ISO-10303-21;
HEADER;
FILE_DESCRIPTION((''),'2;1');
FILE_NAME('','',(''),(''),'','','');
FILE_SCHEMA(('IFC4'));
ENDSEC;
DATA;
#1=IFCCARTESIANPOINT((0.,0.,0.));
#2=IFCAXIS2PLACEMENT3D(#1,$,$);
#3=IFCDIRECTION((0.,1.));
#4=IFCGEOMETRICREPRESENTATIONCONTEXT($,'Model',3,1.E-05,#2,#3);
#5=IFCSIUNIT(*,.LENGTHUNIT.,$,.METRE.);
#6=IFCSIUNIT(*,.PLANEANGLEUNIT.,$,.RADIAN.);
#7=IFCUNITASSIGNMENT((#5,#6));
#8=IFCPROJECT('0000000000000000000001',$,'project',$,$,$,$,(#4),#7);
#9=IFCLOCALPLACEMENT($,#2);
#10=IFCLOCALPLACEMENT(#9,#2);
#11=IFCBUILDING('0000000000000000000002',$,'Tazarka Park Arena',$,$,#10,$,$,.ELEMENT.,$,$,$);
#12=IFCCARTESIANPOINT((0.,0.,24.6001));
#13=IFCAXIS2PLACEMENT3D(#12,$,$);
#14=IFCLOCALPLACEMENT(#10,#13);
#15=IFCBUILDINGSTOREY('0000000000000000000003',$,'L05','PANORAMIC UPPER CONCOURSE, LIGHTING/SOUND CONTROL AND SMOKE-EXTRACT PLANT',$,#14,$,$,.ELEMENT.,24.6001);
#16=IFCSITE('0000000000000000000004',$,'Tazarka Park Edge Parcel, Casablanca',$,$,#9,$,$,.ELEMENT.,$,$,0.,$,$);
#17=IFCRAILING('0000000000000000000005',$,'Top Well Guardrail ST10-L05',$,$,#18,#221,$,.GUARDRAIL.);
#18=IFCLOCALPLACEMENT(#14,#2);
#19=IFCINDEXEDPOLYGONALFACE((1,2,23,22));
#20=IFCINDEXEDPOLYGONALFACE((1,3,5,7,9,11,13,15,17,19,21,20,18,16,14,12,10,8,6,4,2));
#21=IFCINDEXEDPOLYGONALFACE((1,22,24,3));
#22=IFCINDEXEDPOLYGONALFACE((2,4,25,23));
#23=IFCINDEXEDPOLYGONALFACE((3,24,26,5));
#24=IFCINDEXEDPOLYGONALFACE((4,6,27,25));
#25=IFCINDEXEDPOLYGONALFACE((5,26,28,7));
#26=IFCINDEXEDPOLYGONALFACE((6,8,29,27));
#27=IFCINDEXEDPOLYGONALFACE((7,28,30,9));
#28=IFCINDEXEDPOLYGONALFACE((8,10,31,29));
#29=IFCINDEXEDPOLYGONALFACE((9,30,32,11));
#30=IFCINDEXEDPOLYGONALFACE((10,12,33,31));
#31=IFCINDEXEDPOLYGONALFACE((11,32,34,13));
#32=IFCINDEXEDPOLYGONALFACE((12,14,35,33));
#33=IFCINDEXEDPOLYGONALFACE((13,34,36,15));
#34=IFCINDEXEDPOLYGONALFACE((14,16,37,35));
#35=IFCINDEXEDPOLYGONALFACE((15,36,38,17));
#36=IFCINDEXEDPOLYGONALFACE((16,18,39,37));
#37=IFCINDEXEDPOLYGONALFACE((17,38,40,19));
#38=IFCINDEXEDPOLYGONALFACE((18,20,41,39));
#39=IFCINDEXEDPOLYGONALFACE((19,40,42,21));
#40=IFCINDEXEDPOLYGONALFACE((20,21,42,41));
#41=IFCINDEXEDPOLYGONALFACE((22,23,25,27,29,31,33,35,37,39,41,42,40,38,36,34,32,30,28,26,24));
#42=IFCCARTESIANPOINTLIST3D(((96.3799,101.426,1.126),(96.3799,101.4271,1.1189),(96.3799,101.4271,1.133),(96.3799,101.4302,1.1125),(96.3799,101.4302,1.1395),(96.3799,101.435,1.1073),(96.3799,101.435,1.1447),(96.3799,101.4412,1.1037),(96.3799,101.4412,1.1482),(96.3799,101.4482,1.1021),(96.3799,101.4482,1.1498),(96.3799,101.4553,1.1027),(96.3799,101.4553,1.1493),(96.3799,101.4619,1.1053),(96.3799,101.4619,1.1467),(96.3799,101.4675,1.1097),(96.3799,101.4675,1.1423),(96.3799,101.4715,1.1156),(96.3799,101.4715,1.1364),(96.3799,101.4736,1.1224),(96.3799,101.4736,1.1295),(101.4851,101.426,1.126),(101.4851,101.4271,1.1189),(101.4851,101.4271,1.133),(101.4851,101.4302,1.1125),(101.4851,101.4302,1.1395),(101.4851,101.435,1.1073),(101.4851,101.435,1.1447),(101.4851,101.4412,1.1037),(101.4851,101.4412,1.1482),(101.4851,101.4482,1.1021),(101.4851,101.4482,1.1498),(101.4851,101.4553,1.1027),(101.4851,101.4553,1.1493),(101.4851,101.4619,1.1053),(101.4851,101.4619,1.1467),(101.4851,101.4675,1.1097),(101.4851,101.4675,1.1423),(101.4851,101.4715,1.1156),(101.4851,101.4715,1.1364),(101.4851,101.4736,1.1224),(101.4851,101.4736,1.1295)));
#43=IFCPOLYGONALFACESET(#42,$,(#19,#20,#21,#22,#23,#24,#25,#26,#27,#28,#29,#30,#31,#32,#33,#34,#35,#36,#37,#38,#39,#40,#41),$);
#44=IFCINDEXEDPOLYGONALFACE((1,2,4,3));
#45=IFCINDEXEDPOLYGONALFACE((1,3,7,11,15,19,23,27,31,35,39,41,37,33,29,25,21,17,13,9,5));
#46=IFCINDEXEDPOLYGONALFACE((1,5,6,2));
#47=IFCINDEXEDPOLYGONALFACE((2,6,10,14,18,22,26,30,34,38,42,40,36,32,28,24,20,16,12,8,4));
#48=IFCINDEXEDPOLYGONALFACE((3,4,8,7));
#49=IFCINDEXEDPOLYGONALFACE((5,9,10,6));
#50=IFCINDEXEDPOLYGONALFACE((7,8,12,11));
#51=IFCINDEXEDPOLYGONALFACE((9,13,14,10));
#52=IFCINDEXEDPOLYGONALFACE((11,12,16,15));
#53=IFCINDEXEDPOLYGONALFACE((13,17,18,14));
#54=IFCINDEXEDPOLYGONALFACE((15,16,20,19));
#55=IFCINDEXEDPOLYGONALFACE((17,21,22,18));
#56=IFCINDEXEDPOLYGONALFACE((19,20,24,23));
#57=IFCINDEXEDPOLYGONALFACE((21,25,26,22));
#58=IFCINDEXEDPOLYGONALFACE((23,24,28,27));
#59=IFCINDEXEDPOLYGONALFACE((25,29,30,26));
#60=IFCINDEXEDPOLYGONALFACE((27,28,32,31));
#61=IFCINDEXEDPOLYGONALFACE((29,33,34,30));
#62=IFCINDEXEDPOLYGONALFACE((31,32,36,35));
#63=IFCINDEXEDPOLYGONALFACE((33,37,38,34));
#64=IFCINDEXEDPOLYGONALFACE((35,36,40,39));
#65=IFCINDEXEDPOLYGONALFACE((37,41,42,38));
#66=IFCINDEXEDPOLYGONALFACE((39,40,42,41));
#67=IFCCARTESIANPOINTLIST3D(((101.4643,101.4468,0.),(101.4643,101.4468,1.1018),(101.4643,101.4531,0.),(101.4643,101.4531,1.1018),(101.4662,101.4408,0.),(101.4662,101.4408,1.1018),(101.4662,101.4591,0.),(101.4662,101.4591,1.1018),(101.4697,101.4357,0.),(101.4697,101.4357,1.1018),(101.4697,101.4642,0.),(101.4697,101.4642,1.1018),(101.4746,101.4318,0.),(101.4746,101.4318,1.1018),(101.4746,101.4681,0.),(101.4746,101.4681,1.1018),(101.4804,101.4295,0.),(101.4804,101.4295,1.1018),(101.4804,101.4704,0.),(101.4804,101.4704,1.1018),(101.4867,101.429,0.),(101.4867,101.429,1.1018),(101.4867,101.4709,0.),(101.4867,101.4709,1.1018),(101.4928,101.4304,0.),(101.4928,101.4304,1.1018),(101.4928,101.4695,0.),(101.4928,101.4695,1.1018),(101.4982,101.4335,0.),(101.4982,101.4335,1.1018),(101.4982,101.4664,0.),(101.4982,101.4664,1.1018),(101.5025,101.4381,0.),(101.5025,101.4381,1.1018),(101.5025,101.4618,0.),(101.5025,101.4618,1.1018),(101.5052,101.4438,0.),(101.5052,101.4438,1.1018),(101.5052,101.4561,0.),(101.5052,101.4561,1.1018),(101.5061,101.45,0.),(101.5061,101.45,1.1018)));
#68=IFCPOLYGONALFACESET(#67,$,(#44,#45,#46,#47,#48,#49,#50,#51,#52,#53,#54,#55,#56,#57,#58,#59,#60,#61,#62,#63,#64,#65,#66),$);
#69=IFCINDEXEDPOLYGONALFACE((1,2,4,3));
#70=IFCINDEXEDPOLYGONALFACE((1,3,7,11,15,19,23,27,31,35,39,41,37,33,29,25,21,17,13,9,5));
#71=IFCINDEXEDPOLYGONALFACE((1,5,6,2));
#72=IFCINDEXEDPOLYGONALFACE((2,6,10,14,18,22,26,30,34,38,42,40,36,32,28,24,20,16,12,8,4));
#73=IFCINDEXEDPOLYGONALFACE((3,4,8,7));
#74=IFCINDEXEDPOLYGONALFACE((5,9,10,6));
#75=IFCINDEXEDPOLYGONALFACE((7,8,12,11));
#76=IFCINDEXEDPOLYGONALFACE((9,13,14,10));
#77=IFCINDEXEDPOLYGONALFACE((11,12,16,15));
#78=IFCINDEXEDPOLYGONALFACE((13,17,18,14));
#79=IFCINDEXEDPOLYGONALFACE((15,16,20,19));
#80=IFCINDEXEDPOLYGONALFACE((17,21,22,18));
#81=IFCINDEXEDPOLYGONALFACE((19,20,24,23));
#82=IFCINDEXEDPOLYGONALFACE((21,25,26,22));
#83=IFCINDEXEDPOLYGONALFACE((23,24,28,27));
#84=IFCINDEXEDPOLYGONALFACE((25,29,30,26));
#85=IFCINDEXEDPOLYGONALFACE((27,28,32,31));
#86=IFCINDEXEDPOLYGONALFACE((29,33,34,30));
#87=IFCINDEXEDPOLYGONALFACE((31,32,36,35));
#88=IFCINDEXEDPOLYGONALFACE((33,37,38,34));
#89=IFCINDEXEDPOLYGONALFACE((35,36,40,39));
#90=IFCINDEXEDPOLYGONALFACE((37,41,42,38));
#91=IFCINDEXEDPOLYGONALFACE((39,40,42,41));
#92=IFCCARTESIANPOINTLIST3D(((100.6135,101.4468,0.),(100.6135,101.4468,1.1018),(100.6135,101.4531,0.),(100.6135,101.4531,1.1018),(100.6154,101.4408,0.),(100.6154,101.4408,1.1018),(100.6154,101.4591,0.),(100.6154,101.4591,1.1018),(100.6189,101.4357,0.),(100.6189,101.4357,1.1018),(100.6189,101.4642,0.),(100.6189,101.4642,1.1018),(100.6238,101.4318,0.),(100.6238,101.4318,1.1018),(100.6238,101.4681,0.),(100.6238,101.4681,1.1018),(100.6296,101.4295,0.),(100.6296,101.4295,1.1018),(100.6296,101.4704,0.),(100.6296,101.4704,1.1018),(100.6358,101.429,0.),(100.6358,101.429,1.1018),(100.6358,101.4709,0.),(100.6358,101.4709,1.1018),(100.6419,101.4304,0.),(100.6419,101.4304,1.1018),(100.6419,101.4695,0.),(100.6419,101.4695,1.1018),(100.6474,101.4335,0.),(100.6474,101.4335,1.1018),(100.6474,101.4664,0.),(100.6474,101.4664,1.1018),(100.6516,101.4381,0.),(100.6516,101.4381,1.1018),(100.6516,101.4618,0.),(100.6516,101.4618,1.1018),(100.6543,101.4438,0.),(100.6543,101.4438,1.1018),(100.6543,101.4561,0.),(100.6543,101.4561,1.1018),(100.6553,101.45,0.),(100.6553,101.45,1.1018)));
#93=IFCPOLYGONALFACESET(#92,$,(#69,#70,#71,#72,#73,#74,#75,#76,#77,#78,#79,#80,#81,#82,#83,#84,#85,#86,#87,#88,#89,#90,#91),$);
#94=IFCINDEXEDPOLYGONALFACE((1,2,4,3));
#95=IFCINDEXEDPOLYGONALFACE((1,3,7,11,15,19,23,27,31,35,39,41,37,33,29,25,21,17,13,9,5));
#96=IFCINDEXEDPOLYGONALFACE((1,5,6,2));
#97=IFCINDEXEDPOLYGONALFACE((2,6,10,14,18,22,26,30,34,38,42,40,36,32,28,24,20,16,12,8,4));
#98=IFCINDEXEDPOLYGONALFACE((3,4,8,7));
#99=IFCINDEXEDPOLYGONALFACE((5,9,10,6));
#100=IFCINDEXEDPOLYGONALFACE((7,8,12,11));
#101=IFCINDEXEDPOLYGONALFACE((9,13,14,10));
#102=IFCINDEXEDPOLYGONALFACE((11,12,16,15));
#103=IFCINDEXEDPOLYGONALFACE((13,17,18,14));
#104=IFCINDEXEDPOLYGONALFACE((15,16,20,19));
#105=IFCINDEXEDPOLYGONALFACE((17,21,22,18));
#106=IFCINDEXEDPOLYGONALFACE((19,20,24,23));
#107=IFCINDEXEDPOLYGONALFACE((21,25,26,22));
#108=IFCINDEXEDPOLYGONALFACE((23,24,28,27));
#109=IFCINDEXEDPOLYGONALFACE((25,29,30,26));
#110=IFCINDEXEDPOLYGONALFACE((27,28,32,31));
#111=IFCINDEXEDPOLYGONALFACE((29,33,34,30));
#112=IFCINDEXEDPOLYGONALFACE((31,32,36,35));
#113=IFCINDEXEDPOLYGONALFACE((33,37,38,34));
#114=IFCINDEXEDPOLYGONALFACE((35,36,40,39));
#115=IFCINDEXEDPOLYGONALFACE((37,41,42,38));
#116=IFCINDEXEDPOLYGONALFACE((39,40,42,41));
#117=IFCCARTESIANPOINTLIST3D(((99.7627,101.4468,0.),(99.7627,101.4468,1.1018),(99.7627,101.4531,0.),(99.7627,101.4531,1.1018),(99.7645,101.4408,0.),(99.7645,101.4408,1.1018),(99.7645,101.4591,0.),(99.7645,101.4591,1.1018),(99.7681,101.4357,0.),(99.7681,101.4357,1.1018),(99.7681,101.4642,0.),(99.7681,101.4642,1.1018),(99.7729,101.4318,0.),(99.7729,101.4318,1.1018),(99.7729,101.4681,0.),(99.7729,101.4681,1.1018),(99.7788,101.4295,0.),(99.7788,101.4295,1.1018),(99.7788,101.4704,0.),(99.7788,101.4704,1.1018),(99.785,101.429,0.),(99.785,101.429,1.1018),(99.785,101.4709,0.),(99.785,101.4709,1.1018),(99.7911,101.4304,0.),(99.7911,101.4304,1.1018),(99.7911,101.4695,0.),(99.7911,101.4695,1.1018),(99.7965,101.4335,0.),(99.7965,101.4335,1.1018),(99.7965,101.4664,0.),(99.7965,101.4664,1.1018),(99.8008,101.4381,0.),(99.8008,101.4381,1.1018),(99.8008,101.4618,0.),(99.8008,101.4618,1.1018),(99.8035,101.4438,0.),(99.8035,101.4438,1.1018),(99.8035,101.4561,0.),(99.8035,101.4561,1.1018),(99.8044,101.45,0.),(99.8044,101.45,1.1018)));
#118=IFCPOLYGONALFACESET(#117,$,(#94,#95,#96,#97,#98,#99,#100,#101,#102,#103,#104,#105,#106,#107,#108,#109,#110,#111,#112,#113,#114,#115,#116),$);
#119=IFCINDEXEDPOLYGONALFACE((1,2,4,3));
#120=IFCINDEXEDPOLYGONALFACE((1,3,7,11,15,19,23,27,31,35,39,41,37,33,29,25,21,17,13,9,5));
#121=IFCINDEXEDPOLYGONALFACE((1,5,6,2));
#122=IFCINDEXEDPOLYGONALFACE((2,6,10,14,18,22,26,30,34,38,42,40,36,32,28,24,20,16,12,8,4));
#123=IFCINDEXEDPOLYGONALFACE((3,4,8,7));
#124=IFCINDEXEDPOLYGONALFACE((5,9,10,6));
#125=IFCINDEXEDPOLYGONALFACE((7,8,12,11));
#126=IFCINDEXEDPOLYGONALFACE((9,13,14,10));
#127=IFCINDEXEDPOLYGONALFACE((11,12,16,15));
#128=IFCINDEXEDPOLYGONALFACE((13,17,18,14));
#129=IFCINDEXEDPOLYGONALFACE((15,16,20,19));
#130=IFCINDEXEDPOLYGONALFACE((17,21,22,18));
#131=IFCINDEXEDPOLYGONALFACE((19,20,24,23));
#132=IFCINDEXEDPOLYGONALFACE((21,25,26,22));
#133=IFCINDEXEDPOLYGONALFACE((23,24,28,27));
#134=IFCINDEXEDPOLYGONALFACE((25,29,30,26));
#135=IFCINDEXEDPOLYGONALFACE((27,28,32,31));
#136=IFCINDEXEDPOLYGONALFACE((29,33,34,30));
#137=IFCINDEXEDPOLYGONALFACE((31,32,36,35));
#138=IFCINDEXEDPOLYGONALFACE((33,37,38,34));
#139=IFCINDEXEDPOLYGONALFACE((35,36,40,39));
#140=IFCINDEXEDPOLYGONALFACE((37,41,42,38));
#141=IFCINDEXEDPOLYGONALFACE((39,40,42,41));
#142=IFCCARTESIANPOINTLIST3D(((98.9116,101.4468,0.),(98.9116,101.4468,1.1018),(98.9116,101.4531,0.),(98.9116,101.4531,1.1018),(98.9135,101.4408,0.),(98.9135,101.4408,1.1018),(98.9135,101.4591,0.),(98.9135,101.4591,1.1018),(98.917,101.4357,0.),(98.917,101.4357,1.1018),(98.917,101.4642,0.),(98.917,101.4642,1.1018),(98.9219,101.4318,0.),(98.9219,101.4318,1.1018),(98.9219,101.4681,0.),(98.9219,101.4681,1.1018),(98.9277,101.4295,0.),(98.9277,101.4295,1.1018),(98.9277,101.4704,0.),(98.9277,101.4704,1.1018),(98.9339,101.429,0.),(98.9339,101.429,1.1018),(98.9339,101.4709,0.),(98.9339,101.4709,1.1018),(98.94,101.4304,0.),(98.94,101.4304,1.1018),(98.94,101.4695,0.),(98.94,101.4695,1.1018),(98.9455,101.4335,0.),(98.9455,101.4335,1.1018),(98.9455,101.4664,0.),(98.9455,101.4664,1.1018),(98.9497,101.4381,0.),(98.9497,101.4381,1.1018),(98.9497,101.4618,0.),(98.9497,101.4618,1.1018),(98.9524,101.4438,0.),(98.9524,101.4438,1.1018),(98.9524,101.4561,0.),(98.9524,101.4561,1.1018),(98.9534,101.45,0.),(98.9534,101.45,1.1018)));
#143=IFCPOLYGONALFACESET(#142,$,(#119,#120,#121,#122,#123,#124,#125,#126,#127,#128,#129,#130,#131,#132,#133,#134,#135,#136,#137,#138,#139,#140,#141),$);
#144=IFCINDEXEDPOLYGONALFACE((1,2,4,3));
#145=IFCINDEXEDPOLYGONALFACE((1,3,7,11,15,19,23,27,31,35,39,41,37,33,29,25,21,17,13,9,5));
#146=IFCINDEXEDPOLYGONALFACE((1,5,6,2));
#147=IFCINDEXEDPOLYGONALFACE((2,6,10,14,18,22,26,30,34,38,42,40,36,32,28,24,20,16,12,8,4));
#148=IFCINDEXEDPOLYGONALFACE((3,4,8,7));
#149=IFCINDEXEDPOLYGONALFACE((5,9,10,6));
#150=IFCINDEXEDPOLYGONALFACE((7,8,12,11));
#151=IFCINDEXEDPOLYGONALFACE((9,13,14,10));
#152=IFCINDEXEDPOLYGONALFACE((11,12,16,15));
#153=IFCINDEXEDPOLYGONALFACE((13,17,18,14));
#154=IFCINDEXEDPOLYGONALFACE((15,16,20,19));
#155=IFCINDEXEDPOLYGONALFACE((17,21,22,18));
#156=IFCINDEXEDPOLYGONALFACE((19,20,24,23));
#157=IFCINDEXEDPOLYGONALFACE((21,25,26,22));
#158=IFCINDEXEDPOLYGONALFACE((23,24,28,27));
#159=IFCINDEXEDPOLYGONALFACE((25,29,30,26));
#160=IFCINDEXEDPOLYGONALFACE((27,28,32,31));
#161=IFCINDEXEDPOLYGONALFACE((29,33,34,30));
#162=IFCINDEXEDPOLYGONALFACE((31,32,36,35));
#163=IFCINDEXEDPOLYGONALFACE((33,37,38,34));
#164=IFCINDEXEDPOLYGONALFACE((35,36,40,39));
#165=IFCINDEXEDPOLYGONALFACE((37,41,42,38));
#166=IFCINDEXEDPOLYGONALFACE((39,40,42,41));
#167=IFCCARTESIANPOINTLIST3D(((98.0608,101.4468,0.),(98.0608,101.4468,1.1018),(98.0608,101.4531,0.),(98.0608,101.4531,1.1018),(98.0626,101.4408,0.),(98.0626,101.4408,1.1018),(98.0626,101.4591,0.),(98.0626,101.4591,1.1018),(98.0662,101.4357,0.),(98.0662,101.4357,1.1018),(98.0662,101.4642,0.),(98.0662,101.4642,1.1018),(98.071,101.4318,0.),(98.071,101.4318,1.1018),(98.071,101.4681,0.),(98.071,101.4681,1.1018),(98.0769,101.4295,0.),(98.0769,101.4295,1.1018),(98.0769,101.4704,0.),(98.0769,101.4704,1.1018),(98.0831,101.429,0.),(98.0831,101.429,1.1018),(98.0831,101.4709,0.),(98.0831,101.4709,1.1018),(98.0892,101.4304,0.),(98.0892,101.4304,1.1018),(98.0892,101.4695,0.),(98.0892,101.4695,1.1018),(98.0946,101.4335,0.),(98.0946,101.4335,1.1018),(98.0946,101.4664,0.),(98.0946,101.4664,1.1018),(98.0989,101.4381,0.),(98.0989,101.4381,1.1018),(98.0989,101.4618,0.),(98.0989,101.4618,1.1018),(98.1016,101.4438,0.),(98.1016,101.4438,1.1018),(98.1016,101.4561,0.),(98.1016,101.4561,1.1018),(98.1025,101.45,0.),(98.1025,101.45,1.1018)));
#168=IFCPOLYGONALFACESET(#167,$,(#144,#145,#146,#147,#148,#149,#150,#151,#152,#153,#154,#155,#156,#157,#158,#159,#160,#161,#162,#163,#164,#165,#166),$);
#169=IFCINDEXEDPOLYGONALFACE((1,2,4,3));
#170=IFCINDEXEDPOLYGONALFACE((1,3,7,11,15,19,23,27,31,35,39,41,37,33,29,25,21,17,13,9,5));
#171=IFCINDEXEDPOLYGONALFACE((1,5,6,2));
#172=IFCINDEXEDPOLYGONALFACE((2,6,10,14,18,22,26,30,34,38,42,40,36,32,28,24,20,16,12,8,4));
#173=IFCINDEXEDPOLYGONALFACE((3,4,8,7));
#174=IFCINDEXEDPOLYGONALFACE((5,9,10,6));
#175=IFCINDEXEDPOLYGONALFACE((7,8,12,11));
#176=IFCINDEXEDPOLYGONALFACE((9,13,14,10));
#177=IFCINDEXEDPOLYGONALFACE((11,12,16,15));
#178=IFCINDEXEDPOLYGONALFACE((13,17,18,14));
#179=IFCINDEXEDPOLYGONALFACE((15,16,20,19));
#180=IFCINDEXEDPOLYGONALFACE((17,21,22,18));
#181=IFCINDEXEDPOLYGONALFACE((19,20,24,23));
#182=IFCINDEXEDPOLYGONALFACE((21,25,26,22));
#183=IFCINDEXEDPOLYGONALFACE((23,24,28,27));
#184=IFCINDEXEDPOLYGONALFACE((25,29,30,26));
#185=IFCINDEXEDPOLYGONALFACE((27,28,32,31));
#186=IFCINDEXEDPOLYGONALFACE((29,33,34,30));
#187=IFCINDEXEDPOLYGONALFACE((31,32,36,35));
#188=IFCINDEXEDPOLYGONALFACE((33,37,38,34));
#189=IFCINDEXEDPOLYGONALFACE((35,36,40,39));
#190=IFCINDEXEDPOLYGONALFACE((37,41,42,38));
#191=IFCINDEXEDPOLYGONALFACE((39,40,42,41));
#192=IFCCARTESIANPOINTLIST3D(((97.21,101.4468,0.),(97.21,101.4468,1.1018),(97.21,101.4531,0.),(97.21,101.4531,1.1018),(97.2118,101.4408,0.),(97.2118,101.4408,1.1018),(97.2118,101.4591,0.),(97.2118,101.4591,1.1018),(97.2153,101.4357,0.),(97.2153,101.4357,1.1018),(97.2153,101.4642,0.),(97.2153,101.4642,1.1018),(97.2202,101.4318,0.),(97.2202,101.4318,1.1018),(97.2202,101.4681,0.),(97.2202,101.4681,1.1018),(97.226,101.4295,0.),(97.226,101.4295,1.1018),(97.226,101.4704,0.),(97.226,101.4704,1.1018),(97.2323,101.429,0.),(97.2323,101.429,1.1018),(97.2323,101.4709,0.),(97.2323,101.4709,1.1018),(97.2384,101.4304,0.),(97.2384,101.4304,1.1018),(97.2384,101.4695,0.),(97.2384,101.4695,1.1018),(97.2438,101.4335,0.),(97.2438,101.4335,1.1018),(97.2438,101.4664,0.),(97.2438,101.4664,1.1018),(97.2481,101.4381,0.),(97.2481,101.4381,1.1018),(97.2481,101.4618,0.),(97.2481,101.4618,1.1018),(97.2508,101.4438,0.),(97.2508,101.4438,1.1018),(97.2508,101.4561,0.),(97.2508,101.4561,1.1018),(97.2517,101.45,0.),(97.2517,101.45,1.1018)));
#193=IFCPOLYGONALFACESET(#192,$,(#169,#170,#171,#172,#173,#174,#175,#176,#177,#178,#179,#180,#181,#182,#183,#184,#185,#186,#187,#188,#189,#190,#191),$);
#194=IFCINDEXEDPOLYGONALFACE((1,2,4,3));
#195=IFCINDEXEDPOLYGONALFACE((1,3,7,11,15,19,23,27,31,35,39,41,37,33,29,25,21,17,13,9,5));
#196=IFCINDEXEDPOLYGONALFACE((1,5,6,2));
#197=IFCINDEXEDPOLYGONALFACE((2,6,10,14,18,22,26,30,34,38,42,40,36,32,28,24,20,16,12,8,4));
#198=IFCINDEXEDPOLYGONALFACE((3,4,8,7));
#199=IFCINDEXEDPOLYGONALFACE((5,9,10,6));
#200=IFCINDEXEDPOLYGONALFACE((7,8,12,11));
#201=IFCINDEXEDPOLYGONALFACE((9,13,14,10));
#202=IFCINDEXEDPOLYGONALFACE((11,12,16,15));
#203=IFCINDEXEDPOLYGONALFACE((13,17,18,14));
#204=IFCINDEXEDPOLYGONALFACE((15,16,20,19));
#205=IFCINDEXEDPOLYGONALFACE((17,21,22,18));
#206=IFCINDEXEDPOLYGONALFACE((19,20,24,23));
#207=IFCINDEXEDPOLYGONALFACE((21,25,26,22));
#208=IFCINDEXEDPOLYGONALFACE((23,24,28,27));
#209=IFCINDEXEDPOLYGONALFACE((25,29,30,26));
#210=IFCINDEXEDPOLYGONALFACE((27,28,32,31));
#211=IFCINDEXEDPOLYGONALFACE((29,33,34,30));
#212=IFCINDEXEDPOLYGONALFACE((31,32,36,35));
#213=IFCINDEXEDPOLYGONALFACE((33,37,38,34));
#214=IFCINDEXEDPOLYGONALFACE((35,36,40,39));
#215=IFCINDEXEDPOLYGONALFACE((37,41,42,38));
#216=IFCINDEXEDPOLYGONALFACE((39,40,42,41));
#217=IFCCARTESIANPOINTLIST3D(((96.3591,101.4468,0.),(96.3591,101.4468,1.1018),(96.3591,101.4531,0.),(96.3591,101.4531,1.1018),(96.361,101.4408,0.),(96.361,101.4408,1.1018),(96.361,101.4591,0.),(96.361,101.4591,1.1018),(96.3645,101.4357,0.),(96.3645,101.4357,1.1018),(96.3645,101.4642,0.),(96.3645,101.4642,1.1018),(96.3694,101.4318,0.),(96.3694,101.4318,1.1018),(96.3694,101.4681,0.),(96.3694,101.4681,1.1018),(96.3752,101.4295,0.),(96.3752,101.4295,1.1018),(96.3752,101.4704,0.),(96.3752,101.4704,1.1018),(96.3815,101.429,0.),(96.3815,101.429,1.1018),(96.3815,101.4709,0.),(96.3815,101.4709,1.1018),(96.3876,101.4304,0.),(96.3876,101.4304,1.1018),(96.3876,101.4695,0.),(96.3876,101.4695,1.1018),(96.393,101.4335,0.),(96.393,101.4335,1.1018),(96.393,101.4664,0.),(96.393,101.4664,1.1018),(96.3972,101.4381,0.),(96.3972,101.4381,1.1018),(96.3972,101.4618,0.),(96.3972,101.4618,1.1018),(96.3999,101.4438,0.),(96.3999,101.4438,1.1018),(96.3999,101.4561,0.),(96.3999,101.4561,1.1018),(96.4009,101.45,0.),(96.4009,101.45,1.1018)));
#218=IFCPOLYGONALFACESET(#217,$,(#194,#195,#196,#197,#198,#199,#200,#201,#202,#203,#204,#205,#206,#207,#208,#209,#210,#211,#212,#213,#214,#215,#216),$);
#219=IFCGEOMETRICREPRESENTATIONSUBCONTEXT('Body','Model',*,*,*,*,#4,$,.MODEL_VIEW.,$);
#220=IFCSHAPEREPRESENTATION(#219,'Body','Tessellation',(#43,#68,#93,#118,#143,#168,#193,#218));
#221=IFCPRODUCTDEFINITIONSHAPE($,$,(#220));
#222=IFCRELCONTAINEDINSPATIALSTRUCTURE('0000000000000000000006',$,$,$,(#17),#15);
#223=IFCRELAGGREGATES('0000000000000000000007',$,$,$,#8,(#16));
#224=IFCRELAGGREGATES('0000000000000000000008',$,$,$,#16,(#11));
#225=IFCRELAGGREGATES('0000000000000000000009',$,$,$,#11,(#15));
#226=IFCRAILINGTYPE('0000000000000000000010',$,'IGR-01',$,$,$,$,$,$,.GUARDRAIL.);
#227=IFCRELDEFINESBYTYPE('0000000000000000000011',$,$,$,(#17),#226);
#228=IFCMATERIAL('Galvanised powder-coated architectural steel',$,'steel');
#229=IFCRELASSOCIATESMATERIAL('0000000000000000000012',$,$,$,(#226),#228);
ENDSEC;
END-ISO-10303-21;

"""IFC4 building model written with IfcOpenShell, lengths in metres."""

from ifc_helpers import new_model, si_unit, direction, frame, origin, origin_2d, place, context, subcontext, project, spatial, circle, extrude, material, type_object, element, save


model = new_model("IFC4")

# Units and contexts
model_context = context("Model", 3, precision=1e-05, world=origin(), true_north=direction((0.0, 1.0)))
body_context = subcontext(model_context, "Body", "Model", "MODEL_VIEW")
ifc_project = project(units=[si_unit("LENGTHUNIT", "METRE"), si_unit("PLANEANGLEUNIT", "RADIAN")], contexts=[model_context])

# Site, building, storey
site_placement = place(None, origin())
site = spatial("IfcSite", under=ifc_project, at=site_placement, Name="Tazarka Park Edge Parcel, Casablanca", CompositionType="ELEMENT", RefElevation=0.0)
building_placement = place(site_placement, origin())
building = spatial("IfcBuilding", under=site, at=building_placement, Name="Tazarka Park Arena", CompositionType="ELEMENT")
storey_placement = place(building_placement, frame((0.0, 0.0, 24.6001)))
storey = spatial("IfcBuildingStorey", under=building, at=storey_placement, Name="L05", Description="PANORAMIC UPPER CONCOURSE, LIGHTING/SOUND CONTROL AND SMOKE-EXTRACT PLANT", CompositionType="ELEMENT", Elevation=24.6001)

# Railing
ifc_material_1 = material(Name="Galvanised powder-coated architectural steel", Category="steel")
railing_type = type_object("IfcRailingType", Name="IGR-01", PredefinedType="GUARDRAIL", material=ifc_material_1)
railing_placement = place(storey_placement, frame((101.4851, 101.45, 0.0)))
element("IfcRailing", 1, at=railing_placement, inside=storey, type_object=railing_type, Name="Top Well Guardrail ST10-L05", PredefinedType="GUARDRAIL", context=body_context, shape_type="SweptSolid", body=[
    extrude(circle(Radius=0.0239, at=origin_2d()), frame((0.0, 0.0, 1.126), z_axis=(-1.0, 0.0, 0.0), x_axis=(0.0, -1.0, 0.0)), (0.0, 0.0, 1.0), 5.1052),
    extrude(circle(Radius=0.021, at=origin_2d()), origin(), (0.0, 0.0, 1.0), 1.1018),
    extrude(circle(Radius=0.021, at=origin_2d()), frame((-0.8508, 0.0, 0.0)), (0.0, 0.0, 1.0), 1.1018),
    extrude(circle(Radius=0.021, at=origin_2d()), frame((-1.7017, 0.0, 0.0)), (0.0, 0.0, 1.0), 1.1018),
    extrude(circle(Radius=0.021, at=origin_2d()), frame((-2.5527, 0.0, 0.0)), (0.0, 0.0, 1.0), 1.1018),
    extrude(circle(Radius=0.021, at=origin_2d()), frame((-3.4036, 0.0, 0.0)), (0.0, 0.0, 1.0), 1.1018),
    extrude(circle(Radius=0.021, at=origin_2d()), frame((-4.2544, 0.0, 0.0)), (0.0, 0.0, 1.0), 1.1018),
    extrude(circle(Radius=0.021, at=origin_2d()), frame((-5.1052, 0.0, 0.0)), (0.0, 0.0, 1.0), 1.1018),
])

save(model, "model.ifc")
